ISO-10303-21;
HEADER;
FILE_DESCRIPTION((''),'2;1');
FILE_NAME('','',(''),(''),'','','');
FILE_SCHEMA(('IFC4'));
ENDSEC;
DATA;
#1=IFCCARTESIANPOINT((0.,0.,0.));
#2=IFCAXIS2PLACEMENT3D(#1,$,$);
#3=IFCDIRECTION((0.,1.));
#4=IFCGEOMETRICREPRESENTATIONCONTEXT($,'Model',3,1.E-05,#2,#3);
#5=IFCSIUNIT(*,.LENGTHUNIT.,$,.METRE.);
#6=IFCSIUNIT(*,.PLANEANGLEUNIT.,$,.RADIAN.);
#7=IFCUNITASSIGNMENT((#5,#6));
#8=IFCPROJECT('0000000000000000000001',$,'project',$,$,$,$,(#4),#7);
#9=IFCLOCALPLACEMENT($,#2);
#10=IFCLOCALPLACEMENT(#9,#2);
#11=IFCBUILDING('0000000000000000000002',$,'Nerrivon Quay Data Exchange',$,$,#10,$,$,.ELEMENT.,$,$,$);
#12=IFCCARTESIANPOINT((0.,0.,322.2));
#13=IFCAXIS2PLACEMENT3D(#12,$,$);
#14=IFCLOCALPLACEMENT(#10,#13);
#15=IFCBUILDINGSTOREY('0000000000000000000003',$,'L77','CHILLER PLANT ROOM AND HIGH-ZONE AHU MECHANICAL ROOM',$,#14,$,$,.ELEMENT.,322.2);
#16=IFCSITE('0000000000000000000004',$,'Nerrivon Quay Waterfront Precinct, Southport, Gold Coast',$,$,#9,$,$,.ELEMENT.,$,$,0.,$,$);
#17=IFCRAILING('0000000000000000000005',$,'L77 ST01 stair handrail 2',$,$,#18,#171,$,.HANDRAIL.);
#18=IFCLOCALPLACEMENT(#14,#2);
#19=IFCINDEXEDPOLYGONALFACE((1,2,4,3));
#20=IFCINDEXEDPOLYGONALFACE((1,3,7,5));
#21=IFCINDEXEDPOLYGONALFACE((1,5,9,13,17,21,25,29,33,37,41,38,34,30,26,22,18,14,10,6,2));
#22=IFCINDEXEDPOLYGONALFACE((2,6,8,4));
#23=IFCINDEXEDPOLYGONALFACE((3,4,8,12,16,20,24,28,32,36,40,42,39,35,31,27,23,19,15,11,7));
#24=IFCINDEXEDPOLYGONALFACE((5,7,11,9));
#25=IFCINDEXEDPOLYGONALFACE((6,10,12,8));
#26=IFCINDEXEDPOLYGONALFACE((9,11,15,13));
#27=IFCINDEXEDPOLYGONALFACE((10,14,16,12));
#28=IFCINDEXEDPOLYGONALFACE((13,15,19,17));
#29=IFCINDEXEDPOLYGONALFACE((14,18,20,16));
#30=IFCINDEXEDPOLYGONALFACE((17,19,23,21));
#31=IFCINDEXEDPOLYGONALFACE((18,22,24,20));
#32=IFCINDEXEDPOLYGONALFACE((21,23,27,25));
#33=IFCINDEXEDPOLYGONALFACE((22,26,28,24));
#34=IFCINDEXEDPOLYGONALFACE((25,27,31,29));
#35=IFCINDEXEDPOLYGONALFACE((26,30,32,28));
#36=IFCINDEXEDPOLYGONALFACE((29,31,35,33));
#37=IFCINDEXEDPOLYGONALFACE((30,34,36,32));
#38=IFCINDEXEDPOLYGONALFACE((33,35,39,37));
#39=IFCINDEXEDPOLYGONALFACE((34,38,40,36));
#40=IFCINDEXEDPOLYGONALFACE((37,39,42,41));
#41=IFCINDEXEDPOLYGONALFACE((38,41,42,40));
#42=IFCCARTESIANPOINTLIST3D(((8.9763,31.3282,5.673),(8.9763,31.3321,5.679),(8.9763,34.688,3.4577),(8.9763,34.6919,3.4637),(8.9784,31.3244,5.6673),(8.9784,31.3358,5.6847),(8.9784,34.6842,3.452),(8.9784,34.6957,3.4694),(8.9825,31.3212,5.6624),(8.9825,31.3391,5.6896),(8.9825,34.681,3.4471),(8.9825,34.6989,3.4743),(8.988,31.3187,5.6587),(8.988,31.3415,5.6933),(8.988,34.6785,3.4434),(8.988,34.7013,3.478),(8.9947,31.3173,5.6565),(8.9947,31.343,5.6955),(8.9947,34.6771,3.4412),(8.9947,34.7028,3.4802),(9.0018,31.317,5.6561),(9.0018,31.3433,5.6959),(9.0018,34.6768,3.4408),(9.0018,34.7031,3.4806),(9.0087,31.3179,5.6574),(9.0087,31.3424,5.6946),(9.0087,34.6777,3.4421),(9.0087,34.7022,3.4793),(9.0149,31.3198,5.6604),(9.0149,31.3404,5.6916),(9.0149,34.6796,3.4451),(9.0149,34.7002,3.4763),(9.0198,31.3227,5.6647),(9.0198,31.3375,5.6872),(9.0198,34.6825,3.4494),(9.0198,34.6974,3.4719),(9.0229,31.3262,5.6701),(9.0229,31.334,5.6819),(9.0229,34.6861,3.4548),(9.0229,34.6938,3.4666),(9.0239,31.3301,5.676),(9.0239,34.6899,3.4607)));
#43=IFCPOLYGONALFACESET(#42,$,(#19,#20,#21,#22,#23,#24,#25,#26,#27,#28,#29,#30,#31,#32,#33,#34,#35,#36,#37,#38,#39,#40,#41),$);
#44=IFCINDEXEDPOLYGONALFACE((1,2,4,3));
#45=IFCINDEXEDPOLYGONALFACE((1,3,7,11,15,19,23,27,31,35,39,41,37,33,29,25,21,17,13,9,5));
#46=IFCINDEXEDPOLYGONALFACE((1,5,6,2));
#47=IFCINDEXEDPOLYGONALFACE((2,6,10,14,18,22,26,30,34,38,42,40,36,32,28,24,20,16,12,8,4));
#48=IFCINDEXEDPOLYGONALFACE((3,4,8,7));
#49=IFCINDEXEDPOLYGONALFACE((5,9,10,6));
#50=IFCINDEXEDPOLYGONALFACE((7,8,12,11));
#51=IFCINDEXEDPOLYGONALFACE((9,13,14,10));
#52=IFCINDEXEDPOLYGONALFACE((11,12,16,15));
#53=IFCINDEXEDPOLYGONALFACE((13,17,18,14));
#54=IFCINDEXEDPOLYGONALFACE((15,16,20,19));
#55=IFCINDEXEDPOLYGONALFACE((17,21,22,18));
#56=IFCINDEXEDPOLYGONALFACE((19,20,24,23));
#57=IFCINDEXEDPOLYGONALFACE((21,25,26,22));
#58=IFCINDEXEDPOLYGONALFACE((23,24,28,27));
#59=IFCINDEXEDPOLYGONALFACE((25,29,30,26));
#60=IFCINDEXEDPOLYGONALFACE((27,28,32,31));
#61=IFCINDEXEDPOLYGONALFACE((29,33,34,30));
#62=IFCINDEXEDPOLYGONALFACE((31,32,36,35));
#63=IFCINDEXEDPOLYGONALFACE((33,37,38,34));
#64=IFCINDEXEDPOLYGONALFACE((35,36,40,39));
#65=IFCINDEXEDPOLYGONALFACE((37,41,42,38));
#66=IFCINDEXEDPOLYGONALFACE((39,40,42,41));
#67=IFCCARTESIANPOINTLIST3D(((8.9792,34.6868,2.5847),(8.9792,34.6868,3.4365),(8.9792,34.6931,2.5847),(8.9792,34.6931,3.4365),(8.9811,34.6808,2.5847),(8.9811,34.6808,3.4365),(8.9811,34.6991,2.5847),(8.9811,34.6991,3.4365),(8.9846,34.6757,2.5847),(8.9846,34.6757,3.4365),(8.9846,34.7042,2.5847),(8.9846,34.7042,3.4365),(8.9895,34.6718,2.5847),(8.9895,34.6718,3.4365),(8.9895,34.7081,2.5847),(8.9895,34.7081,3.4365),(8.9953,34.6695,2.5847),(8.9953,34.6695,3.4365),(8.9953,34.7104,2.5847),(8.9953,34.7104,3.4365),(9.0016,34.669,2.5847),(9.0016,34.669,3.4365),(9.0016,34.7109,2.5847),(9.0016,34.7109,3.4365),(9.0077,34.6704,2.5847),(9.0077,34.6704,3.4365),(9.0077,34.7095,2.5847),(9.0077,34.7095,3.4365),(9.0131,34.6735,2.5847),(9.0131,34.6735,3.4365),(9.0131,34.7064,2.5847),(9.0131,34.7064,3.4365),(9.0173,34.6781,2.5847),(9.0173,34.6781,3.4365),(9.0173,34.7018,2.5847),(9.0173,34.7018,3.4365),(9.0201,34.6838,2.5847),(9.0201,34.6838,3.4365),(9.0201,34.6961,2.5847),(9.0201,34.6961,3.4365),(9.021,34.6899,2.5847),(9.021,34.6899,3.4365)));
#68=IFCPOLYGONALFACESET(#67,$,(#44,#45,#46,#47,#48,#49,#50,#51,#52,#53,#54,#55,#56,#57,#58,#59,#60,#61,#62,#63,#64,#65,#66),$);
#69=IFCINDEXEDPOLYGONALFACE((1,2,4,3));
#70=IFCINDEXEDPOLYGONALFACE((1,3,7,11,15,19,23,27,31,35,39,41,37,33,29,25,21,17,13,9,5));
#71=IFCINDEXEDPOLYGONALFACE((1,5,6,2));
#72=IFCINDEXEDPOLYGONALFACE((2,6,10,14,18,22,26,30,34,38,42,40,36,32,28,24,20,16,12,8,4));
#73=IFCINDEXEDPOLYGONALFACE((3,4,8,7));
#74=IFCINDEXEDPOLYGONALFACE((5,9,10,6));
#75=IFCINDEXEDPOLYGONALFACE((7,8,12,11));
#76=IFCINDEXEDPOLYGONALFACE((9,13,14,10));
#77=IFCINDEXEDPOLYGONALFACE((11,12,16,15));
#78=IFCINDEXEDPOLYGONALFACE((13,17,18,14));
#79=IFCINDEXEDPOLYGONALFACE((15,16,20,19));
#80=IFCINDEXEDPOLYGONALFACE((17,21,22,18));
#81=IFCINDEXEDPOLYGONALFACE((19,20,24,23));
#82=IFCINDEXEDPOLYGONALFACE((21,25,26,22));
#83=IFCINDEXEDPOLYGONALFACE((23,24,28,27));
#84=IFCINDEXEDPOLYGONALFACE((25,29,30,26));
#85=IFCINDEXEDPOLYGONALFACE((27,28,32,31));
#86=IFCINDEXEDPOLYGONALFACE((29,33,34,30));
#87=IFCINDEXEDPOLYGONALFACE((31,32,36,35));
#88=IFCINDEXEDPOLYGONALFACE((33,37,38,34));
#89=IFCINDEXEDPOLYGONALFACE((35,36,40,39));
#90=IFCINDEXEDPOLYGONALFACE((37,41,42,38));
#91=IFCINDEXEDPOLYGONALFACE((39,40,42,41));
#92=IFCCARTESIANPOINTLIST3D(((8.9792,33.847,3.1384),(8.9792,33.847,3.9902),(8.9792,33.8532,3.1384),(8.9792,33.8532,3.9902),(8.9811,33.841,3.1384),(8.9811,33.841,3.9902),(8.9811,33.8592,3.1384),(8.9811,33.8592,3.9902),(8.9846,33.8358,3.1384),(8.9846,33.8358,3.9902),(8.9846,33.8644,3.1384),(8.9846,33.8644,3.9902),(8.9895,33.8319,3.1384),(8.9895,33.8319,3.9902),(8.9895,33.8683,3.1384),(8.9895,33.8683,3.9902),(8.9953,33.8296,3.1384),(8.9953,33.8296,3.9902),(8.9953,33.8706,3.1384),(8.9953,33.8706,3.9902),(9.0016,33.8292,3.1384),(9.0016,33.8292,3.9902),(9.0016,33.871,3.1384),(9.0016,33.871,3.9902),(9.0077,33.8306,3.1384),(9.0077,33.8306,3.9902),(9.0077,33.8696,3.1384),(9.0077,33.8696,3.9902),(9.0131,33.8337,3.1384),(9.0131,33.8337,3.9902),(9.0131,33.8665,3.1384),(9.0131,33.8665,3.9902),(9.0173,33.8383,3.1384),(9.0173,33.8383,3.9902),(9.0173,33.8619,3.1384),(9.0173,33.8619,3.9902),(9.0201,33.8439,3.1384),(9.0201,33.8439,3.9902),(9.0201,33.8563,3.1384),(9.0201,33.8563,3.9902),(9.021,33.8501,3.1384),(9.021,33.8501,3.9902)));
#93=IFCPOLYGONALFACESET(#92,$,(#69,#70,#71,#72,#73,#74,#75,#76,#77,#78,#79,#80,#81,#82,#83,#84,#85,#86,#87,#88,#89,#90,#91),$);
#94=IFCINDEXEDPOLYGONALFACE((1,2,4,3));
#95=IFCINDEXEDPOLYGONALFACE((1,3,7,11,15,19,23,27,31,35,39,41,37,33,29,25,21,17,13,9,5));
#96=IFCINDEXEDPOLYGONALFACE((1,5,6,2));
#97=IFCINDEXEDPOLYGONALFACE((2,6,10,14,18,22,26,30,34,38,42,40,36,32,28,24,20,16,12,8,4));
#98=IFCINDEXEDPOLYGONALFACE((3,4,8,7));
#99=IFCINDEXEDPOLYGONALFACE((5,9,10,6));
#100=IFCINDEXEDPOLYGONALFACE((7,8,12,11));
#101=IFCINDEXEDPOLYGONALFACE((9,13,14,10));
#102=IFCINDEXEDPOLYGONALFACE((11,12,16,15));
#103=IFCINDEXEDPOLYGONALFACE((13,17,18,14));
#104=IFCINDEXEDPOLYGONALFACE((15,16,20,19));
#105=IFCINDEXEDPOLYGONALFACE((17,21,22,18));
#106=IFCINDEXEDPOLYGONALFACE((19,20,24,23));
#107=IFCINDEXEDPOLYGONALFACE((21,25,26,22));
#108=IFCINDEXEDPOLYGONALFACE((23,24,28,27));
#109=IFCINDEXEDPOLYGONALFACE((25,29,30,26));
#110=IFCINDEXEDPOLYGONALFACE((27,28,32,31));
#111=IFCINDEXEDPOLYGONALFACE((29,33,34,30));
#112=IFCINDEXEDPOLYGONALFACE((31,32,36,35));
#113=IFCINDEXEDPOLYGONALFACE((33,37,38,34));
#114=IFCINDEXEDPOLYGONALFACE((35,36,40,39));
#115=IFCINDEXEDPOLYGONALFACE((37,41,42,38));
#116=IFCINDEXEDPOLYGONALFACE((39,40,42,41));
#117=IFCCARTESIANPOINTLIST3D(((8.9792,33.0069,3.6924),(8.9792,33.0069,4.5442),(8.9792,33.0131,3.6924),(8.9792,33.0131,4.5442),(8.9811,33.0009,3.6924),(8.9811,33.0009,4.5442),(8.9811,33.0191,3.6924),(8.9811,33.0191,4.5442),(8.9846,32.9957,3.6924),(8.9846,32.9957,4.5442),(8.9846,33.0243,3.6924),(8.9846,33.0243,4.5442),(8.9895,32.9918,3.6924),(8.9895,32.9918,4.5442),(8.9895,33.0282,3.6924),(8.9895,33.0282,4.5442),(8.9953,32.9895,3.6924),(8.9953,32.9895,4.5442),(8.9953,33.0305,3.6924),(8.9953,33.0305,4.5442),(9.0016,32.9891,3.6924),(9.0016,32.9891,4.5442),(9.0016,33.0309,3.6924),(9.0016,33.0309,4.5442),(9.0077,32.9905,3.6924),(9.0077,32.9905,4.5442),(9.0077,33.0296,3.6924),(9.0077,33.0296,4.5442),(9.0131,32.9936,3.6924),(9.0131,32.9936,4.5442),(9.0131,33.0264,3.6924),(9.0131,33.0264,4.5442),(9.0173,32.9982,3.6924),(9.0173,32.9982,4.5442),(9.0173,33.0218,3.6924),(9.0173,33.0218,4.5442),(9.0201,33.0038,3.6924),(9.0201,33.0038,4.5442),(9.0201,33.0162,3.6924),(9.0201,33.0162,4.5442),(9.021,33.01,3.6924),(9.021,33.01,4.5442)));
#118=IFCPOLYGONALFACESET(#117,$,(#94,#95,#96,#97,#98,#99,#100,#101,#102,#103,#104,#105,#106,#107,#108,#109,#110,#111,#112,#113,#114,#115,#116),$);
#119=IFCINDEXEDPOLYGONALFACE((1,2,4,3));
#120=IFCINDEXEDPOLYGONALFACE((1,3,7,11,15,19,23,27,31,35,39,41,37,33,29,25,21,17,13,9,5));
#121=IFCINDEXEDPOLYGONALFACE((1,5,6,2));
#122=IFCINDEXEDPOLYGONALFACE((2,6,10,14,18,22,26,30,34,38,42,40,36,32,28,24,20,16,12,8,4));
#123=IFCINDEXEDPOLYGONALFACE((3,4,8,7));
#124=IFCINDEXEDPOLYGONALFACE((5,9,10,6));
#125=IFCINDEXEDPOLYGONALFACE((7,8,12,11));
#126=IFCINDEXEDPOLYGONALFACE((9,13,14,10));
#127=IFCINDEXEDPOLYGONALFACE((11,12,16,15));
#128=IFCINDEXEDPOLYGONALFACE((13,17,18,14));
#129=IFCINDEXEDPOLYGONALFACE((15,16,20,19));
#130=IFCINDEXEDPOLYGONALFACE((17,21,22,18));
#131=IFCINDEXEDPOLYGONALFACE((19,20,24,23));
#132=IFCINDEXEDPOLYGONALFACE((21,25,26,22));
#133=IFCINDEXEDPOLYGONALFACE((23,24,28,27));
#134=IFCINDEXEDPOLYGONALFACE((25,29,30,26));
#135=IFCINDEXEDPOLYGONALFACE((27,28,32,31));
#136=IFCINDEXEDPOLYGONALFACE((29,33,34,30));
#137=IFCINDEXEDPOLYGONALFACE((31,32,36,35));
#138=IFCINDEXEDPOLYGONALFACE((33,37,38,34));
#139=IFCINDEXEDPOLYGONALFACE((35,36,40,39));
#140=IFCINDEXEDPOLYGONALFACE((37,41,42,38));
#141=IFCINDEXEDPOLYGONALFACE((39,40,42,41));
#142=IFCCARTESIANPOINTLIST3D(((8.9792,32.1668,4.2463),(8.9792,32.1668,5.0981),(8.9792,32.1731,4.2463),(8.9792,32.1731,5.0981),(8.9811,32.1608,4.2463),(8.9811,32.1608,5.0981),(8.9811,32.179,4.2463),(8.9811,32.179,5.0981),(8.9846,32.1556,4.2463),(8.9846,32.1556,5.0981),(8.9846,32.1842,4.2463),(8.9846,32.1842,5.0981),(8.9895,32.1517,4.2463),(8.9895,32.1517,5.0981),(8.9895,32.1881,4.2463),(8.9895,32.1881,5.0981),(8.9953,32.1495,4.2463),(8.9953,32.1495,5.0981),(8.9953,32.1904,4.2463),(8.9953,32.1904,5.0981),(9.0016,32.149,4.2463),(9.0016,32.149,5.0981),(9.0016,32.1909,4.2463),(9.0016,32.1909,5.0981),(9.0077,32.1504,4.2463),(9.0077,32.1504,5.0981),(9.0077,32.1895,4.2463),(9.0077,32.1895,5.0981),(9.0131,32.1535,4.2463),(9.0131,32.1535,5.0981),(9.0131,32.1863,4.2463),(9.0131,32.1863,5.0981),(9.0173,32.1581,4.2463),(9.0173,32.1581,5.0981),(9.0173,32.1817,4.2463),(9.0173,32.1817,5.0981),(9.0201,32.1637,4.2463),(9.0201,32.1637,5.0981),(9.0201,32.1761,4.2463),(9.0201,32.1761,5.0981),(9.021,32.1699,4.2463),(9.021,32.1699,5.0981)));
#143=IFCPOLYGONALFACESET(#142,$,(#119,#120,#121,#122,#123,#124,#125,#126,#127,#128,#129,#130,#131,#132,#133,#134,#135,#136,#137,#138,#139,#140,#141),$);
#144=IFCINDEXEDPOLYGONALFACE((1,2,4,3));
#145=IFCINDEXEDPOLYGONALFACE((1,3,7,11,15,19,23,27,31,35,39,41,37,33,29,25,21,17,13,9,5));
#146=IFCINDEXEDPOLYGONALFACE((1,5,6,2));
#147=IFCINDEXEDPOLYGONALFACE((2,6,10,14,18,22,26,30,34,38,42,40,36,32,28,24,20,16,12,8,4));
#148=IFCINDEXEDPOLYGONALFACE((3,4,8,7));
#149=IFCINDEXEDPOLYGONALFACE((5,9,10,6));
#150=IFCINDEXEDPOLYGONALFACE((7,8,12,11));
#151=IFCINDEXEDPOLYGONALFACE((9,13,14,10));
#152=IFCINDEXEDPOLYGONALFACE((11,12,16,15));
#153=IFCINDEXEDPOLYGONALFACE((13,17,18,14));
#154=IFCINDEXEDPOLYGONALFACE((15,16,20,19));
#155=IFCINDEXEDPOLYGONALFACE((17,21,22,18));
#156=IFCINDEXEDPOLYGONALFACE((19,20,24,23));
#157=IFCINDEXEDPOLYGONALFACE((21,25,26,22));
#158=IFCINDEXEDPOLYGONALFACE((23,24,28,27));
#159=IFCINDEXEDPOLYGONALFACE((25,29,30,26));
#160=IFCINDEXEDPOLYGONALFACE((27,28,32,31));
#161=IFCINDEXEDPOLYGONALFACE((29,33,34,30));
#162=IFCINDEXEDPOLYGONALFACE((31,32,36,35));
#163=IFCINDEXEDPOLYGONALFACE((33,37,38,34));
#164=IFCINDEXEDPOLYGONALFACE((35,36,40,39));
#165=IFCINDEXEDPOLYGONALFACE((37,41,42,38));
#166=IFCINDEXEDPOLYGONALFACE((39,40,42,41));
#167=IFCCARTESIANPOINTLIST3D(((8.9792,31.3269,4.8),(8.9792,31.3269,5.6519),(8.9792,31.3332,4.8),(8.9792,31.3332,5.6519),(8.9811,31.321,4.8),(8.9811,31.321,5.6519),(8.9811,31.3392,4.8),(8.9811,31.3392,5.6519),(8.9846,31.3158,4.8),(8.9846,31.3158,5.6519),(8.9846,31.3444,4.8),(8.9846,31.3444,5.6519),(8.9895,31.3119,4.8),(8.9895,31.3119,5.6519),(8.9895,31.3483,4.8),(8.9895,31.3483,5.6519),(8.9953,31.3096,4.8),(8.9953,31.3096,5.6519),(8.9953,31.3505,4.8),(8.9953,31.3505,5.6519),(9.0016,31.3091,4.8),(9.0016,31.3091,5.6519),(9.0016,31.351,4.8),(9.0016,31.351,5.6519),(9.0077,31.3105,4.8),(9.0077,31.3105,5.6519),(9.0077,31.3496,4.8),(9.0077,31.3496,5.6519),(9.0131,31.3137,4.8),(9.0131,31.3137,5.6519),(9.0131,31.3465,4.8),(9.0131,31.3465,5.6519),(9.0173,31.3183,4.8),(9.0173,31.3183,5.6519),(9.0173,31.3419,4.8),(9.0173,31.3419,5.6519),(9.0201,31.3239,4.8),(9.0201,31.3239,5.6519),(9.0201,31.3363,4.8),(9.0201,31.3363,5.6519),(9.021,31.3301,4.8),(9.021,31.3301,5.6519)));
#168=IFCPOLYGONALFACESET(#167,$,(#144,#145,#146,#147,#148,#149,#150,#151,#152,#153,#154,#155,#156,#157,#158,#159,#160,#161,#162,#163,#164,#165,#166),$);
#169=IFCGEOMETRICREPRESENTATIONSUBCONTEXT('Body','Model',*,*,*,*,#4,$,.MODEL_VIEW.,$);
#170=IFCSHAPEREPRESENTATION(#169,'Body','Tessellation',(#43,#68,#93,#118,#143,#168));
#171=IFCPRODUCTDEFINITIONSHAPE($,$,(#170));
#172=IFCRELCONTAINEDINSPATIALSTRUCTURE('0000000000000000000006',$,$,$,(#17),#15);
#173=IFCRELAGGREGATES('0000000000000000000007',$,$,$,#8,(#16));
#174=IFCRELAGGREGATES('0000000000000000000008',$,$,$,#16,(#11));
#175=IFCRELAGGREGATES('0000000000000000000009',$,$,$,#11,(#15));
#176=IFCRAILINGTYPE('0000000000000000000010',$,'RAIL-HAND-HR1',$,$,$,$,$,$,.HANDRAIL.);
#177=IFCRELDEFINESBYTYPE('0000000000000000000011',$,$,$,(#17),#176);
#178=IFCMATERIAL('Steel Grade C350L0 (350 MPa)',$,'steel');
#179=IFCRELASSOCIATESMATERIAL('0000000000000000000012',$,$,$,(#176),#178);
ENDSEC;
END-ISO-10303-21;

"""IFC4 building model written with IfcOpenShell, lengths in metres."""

from ifc_helpers import new_model, si_unit, direction, frame, origin, origin_2d, place, context, subcontext, project, spatial, circle, extrude, material, type_object, element, save


model = new_model("IFC4")

# Units and contexts
model_context = context("Model", 3, precision=1e-05, world=origin(), true_north=direction((0.0, 1.0)))
body_context = subcontext(model_context, "Body", "Model", "MODEL_VIEW")
ifc_project = project(units=[si_unit("LENGTHUNIT", "METRE"), si_unit("PLANEANGLEUNIT", "RADIAN")], contexts=[model_context])

# Site, building, storey
site_placement = place(None, origin())
site = spatial("IfcSite", under=ifc_project, at=site_placement, Name="Nerrivon Quay Waterfront Precinct, Southport, Gold Coast", CompositionType="ELEMENT", RefElevation=0.0)
building_placement = place(site_placement, origin())
building = spatial("IfcBuilding", under=site, at=building_placement, Name="Nerrivon Quay Data Exchange", CompositionType="ELEMENT")
storey_placement = place(building_placement, frame((0.0, 0.0, 322.2)))
storey = spatial("IfcBuildingStorey", under=building, at=storey_placement, Name="L77", Description="CHILLER PLANT ROOM AND HIGH-ZONE AHU MECHANICAL ROOM", CompositionType="ELEMENT", Elevation=322.2)

# Railing
ifc_material_1 = material(Name="Steel Grade C350L0 (350 MPa)", Category="steel")
railing_type_1 = type_object("IfcRailingType", Name="RAIL-HAND-HR1", PredefinedType="HANDRAIL", material=ifc_material_1)
railing_1_placement = place(storey_placement, frame((9.0, 34.6899, 2.5847)))
element("IfcRailing", 1, at=railing_1_placement, inside=storey, type_object=railing_type_1, Name="L77 ST01 stair handrail 2", PredefinedType="HANDRAIL", context=body_context, shape_type="SweptSolid", body=[
    extrude(circle(Radius=0.0239, at=origin_2d()), frame((0.0, 0.0, 0.876), z_axis=(0.0, -0.834858, 0.550465), x_axis=(1.0, 0.0, 0.0)), (0.0, 0.0, 1.0), 4.0244),
    extrude(circle(Radius=0.021, at=origin_2d()), origin(), (0.0, 0.0, 1.0), 0.8518),
    extrude(circle(Radius=0.021, at=origin_2d()), frame((0.0, -0.8398, 0.5537)), (0.0, 0.0, 1.0), 0.8518),
    extrude(circle(Radius=0.021, at=origin_2d()), frame((0.0, -1.6799, 1.1077)), (0.0, 0.0, 1.0), 0.8518),
    extrude(circle(Radius=0.021, at=origin_2d()), frame((0.0, -2.52, 1.6616)), (0.0, 0.0, 1.0), 0.8518),
    extrude(circle(Radius=0.021, at=origin_2d()), frame((0.0, -3.3599, 2.2153)), (0.0, 0.0, 1.0), 0.8518),
])

save(model, "model.ifc")
